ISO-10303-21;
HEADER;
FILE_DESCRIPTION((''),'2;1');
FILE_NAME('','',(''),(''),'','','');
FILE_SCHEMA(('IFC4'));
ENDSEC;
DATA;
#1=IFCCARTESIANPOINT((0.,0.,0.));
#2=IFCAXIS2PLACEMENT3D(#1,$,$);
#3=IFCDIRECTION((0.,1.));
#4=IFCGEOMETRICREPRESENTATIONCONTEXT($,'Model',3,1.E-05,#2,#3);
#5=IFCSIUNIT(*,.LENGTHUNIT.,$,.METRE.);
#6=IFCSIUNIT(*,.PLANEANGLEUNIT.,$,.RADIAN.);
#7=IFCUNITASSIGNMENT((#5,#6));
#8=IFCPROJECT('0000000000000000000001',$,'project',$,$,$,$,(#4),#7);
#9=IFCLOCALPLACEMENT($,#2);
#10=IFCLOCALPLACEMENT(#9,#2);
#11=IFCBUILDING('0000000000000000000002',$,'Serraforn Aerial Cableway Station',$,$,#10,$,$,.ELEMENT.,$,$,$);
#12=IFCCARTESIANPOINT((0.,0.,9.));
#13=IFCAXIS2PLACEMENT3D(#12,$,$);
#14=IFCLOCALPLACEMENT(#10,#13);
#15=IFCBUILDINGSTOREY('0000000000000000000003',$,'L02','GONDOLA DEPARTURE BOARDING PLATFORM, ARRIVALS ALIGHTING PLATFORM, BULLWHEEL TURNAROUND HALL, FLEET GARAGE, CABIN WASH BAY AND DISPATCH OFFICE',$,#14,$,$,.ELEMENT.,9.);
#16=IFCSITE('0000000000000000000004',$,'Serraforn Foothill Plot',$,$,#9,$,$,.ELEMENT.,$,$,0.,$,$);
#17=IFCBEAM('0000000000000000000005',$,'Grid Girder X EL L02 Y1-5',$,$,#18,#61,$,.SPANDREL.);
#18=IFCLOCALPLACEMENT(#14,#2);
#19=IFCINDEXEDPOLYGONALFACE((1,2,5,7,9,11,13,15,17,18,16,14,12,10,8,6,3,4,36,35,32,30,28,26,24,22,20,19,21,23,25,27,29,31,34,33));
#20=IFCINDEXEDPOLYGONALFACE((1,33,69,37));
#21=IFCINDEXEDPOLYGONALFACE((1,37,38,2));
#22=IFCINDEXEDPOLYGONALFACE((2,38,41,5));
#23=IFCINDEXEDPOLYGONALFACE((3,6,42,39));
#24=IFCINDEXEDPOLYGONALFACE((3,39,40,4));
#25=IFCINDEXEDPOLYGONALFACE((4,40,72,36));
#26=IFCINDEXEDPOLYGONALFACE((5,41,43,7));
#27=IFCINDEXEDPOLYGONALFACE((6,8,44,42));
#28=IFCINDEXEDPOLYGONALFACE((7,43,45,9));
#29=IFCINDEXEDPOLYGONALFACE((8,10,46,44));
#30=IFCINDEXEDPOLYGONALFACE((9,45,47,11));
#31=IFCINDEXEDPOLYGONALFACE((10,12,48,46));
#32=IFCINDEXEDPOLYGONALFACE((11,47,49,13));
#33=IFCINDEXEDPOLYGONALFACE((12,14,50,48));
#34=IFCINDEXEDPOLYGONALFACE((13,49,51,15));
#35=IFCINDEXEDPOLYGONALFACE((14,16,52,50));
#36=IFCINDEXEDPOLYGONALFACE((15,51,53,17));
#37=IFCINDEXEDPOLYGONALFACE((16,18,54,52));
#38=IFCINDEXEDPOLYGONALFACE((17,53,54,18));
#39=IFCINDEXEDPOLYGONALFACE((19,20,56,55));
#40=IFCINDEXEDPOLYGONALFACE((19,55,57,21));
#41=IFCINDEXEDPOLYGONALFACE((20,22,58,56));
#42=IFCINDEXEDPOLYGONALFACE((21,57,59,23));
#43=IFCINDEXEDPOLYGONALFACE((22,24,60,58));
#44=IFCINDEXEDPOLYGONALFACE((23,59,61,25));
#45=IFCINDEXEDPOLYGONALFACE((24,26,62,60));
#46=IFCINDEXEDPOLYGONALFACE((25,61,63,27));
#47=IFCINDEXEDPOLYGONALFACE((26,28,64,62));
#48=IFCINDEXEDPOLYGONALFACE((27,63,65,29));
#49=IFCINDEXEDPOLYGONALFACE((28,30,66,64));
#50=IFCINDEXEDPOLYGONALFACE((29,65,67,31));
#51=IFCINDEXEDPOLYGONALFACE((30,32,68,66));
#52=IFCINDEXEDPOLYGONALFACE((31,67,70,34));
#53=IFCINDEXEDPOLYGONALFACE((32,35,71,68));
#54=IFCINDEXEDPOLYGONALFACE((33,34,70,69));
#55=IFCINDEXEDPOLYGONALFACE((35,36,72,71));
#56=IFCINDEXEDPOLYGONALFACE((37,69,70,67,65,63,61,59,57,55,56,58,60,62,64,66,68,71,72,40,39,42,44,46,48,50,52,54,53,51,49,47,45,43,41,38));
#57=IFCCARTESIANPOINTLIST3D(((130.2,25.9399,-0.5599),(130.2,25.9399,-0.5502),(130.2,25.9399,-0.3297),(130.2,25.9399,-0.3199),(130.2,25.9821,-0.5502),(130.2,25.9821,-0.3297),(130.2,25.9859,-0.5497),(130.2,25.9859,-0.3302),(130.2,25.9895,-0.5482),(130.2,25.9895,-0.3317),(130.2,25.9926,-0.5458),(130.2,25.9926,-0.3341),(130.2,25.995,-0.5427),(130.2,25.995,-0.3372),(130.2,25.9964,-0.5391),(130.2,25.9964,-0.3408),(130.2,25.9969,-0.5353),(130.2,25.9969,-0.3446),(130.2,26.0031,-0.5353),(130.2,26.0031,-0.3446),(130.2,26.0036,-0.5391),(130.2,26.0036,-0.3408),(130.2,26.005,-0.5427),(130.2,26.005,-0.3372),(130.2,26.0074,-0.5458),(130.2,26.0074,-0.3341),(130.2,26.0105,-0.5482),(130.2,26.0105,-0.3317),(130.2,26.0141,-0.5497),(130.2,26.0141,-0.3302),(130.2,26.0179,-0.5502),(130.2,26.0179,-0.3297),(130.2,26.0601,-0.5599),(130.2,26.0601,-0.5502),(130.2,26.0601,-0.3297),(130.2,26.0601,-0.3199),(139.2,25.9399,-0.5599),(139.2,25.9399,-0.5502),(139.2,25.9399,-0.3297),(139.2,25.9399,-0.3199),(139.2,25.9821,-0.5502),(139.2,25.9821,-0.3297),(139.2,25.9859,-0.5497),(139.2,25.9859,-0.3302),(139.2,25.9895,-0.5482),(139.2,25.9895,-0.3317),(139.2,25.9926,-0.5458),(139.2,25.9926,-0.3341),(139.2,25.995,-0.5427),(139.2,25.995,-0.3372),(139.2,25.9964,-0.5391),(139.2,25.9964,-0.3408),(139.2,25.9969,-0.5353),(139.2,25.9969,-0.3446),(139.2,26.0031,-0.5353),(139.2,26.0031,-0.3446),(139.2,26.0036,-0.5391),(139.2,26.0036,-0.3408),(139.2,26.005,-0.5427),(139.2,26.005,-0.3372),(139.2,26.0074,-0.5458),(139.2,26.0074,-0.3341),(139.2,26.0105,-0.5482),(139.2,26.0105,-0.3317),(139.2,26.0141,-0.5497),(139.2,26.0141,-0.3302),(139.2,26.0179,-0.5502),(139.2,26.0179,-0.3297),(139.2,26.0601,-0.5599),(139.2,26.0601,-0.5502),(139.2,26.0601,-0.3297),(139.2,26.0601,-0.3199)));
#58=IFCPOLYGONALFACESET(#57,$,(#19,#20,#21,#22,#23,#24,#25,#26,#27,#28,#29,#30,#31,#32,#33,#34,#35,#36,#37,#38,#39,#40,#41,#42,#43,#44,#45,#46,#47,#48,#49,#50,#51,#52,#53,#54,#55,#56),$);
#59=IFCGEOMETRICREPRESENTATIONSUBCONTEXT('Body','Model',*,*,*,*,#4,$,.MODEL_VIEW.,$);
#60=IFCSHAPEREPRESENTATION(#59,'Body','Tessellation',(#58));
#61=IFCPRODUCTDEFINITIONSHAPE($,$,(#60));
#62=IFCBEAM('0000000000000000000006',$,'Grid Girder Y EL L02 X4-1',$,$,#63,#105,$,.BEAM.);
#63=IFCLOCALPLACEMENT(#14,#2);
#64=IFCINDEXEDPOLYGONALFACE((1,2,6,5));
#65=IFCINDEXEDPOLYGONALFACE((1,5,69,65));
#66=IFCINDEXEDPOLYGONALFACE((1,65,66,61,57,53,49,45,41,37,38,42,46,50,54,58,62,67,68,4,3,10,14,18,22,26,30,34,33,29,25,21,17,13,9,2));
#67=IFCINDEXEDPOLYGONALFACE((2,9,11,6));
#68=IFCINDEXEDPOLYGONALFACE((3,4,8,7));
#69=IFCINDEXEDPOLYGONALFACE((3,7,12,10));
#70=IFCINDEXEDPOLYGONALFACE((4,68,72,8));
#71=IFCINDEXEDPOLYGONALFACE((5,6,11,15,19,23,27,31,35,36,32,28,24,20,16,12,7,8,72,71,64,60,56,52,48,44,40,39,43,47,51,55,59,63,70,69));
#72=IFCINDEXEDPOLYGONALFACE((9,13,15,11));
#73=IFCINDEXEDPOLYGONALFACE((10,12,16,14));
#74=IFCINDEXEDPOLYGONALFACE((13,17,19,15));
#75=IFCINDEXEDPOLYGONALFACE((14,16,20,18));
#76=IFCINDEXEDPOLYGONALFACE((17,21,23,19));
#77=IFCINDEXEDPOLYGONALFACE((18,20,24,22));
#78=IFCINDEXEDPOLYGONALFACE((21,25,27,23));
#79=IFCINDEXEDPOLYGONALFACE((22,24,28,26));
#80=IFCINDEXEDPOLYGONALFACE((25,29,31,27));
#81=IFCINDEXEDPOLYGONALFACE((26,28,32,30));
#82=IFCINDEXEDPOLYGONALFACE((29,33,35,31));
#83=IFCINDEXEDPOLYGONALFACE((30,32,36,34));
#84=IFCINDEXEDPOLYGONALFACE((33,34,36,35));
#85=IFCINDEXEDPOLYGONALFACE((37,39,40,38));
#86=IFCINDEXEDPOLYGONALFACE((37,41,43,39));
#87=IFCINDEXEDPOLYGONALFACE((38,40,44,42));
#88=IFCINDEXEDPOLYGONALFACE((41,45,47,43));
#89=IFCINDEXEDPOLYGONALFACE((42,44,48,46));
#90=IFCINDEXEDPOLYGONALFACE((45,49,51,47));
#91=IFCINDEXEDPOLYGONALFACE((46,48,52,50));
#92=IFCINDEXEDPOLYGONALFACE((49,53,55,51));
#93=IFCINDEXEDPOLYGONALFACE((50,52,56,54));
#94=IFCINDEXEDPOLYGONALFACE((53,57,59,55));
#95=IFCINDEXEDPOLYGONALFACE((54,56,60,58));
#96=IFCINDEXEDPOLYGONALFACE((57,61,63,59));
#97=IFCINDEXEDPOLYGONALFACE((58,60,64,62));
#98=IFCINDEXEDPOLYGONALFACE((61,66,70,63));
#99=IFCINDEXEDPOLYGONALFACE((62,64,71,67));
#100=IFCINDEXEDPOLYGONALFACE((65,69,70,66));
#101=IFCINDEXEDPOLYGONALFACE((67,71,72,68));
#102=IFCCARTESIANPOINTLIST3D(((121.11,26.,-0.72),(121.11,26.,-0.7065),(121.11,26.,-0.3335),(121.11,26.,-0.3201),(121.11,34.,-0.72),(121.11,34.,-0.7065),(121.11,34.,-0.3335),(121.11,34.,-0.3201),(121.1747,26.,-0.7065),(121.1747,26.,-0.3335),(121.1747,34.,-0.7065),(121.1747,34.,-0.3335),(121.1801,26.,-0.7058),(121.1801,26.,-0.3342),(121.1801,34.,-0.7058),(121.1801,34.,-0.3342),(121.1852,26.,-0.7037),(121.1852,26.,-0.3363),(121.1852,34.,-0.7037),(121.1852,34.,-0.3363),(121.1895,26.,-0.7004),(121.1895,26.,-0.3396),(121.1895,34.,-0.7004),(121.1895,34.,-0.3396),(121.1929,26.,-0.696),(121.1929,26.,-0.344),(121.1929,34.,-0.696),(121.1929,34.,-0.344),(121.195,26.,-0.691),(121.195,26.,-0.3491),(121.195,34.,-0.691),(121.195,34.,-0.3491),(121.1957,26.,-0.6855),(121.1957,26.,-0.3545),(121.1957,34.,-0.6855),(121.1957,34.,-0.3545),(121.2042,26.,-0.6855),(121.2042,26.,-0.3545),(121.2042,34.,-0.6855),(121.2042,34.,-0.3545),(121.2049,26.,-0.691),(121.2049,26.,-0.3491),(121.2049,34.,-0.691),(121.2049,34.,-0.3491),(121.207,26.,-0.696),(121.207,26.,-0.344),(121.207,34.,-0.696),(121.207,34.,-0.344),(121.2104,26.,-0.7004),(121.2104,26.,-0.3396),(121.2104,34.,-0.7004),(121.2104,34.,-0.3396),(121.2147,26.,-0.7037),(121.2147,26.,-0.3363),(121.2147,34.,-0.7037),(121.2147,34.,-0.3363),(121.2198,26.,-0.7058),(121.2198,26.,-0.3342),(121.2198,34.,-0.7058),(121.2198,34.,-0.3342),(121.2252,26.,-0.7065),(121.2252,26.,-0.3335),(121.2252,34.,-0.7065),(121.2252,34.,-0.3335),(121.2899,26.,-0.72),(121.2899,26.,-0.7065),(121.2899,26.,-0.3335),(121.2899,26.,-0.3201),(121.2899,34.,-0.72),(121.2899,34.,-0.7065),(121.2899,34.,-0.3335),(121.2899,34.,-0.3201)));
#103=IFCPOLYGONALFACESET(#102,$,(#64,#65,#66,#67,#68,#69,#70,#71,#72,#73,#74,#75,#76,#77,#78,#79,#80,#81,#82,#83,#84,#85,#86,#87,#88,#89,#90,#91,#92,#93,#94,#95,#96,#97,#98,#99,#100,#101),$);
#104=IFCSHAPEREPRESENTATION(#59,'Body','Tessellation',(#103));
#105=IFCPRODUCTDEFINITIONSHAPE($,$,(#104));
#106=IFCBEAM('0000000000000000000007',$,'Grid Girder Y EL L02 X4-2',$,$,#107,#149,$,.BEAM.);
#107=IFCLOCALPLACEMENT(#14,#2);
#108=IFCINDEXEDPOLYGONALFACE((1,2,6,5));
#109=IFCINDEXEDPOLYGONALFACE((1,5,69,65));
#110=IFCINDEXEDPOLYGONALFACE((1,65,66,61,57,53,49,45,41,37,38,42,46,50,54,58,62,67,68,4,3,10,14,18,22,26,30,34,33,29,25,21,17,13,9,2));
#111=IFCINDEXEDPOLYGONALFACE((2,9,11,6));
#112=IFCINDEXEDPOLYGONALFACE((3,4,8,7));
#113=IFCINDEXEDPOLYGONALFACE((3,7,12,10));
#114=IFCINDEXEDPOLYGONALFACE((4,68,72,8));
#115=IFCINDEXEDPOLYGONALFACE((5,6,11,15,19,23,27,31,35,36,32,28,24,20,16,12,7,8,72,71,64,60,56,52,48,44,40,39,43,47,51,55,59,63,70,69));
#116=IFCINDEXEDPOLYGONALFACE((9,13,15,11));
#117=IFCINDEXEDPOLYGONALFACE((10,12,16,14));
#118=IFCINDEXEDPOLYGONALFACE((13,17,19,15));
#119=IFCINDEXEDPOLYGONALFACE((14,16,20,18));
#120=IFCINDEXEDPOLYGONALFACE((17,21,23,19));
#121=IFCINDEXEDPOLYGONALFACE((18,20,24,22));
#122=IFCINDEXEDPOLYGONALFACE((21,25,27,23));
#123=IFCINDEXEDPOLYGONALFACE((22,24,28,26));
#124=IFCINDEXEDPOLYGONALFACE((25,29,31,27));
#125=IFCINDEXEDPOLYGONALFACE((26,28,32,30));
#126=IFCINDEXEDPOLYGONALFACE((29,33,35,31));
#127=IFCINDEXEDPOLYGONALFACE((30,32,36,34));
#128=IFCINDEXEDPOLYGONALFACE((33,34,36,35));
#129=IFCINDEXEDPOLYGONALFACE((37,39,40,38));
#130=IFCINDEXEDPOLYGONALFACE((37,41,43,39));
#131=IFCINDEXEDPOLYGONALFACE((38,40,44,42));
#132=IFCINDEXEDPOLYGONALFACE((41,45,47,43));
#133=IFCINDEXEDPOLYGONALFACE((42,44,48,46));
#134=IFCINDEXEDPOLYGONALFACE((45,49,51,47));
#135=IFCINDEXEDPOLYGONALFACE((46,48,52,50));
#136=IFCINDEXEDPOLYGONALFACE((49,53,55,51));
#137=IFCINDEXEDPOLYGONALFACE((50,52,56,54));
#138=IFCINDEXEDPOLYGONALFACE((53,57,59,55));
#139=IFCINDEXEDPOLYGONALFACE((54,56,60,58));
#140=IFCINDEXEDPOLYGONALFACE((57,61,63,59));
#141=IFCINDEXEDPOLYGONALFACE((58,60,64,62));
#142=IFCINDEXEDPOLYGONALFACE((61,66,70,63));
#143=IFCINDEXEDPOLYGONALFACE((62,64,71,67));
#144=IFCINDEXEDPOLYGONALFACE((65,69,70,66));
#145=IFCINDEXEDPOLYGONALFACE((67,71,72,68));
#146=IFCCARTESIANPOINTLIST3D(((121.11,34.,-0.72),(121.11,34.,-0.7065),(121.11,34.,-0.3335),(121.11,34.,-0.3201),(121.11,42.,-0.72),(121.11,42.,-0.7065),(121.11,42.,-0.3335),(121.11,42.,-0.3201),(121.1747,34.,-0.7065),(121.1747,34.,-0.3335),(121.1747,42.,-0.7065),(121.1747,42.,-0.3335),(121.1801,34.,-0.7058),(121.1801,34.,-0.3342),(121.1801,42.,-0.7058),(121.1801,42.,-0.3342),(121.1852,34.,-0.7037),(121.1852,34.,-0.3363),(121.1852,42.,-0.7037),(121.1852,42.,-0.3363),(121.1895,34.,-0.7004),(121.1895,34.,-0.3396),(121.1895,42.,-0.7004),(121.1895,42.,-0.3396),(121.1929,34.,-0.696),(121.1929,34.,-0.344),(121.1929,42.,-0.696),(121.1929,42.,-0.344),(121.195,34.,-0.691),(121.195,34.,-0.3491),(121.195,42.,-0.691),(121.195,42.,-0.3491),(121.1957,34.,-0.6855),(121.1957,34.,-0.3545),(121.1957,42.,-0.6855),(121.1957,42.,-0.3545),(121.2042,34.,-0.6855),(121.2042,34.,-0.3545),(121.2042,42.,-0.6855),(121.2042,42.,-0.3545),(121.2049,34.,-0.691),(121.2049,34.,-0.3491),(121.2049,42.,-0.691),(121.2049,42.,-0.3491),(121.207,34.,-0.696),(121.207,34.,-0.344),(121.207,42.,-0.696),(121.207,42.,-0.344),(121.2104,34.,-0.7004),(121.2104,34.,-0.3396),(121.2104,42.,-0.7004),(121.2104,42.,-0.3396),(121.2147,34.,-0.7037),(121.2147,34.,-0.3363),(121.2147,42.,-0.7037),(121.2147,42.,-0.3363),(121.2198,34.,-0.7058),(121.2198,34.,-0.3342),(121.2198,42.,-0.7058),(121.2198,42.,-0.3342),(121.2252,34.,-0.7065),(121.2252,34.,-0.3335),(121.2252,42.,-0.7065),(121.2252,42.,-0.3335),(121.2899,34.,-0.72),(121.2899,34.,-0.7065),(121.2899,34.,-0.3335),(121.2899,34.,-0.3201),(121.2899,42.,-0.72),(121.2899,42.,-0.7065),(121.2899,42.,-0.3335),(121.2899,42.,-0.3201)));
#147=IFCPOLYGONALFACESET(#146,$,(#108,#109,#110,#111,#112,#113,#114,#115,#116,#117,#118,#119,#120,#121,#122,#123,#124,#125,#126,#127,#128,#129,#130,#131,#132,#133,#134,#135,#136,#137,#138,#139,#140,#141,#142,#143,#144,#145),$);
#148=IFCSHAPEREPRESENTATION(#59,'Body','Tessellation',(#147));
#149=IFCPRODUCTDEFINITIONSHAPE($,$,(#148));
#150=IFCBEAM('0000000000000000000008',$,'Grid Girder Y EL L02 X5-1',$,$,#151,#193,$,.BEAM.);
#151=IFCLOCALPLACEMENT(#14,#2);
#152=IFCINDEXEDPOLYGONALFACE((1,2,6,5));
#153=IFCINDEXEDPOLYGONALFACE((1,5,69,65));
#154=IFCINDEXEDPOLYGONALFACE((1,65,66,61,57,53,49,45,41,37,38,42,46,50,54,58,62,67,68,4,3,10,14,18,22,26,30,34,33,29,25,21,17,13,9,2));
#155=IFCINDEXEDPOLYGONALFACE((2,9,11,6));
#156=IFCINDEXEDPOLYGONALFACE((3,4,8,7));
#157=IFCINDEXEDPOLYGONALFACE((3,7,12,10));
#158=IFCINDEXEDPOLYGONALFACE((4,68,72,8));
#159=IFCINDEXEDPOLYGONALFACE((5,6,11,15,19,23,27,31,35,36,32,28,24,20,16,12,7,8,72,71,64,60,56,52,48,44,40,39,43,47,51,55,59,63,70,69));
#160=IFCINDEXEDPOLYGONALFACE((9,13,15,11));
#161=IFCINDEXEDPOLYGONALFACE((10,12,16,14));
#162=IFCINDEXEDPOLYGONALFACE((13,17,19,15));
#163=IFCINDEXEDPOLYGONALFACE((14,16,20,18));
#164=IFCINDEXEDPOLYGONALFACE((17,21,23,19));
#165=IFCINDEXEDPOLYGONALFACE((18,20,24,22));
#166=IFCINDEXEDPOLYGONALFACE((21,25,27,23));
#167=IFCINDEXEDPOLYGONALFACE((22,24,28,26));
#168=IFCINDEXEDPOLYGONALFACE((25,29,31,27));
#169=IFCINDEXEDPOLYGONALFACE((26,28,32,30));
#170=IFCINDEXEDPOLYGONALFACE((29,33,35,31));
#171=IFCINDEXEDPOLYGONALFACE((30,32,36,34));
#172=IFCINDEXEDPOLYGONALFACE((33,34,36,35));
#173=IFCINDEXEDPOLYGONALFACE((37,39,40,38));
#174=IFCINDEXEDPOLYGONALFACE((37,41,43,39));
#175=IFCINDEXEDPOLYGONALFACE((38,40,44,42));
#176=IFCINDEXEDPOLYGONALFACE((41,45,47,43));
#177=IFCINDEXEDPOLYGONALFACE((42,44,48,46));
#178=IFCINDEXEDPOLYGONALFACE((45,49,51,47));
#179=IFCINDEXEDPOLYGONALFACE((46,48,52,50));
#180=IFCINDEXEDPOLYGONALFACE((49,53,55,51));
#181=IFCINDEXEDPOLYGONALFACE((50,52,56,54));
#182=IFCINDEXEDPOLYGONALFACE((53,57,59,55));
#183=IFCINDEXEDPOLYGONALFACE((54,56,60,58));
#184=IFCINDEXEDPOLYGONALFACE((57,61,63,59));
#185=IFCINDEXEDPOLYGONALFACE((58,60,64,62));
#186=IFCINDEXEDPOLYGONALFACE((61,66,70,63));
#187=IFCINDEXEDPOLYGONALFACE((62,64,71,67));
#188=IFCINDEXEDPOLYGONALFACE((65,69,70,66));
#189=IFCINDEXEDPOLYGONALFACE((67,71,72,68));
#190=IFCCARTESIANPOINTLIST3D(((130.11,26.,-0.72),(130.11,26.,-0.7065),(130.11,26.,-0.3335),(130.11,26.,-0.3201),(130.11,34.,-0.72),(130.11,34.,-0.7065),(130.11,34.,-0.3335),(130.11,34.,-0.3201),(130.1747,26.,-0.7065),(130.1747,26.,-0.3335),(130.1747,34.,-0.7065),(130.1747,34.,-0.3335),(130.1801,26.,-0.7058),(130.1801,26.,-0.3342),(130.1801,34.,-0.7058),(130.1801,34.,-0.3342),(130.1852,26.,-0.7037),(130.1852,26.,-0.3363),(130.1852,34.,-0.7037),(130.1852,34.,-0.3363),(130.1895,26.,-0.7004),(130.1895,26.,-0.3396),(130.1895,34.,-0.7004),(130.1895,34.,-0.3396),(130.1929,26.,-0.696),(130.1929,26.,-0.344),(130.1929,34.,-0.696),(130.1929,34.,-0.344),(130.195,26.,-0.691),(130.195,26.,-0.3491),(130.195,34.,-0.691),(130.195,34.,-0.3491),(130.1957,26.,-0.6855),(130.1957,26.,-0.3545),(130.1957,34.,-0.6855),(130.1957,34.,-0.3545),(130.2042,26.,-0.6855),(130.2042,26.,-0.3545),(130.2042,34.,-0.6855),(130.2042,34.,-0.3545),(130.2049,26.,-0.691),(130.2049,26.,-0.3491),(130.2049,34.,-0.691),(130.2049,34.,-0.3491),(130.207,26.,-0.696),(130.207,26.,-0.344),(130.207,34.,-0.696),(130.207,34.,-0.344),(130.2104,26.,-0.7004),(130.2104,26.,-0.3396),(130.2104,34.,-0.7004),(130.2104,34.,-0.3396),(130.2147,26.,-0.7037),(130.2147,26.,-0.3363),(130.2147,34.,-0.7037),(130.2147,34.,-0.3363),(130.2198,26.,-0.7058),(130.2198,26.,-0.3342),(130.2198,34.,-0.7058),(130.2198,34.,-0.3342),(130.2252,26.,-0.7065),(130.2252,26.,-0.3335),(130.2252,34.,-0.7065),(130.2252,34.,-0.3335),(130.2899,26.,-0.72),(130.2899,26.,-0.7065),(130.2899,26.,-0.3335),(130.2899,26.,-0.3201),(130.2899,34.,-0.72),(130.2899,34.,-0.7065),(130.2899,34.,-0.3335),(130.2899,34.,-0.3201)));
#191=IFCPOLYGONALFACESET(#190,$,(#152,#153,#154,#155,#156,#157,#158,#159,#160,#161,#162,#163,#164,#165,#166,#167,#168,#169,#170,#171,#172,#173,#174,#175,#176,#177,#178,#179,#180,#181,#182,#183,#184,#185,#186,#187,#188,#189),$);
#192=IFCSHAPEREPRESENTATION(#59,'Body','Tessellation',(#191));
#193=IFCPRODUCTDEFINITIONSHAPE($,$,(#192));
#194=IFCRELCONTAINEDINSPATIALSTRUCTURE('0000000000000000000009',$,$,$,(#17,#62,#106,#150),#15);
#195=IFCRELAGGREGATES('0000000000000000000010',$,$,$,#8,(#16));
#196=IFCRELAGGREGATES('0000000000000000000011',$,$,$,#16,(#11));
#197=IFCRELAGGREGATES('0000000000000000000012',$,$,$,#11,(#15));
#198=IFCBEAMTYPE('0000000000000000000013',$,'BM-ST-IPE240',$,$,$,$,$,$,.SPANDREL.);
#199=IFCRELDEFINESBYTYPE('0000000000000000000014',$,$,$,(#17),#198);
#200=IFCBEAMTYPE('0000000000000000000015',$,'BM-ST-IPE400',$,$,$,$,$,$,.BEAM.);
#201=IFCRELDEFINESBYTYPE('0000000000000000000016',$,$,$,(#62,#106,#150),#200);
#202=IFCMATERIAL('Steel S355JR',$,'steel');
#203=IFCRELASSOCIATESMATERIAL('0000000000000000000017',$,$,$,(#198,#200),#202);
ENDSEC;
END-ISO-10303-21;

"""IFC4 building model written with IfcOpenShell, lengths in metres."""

from ifc_helpers import new_model, si_unit, direction, frame, origin, origin_2d, place, context, subcontext, project, spatial, i_section, extrude, material, material_profile, profile_set, type_object, element, save


model = new_model("IFC4")

# Units and contexts
model_context = context("Model", 3, precision=1e-05, world=origin(), true_north=direction((0.0, 1.0)))
body_context = subcontext(model_context, "Body", "Model", "MODEL_VIEW")
ifc_project = project(units=[si_unit("LENGTHUNIT", "METRE"), si_unit("PLANEANGLEUNIT", "RADIAN")], contexts=[model_context])

# Site, building, storey
site_placement = place(None, origin())
site = spatial("IfcSite", under=ifc_project, at=site_placement, Name="Serraforn Foothill Plot", CompositionType="ELEMENT", RefElevation=0.0)
building_placement = place(site_placement, origin())
building = spatial("IfcBuilding", under=site, at=building_placement, Name="Serraforn Aerial Cableway Station", CompositionType="ELEMENT")
storey_placement = place(building_placement, frame((0.0, 0.0, 9.0)))
storey = spatial("IfcBuildingStorey", under=building, at=storey_placement, Name="L02", Description="GONDOLA DEPARTURE BOARDING PLATFORM, ARRIVALS ALIGHTING PLATFORM, BULLWHEEL TURNAROUND HALL, FLEET GARAGE, CABIN WASH BAY AND DISPATCH OFFICE", CompositionType="ELEMENT", Elevation=9.0)

# Beams
ifc_material_1 = material(Name="Steel S355JR", Category="steel")
ifc_material_profile_1 = material_profile(ifc_material_1, i_section(OverallWidth=0.1201, OverallDepth=0.24, WebThickness=0.0061, FlangeThickness=0.0098, FilletRadius=0.0149, at=origin_2d()), Name="IPE 240")
ifc_profile_set_1 = profile_set([ifc_material_profile_1], Name="Steel S355JR")
beam_type_1 = type_object("IfcBeamType", Name="BM-ST-IPE240", PredefinedType="SPANDREL", material=ifc_profile_set_1)
beam_1_placement = place(storey_placement, frame((130.2, 26.0, -0.4399), z_axis=(1.0, 0.0, 0.0), x_axis=(0.0, 1.0, 0.0)))
element("IfcBeam", 1, at=beam_1_placement, inside=storey, type_object=beam_type_1, Name="Grid Girder X EL L02 Y1-5", PredefinedType="SPANDREL", context=body_context, shape_type="SweptSolid", body=[
    extrude(i_section(OverallWidth=0.1201, OverallDepth=0.24, WebThickness=0.0061, FlangeThickness=0.0098, FilletRadius=0.0149, at=origin_2d()), origin(), (0.0, 0.0, 1.0), 9.0),
])
ifc_material_profile_2 = material_profile(ifc_material_1, i_section(OverallWidth=0.1799, OverallDepth=0.3999, WebThickness=0.0085, FlangeThickness=0.0134, FilletRadius=0.021, at=origin_2d()), Name="IPE 400")
ifc_profile_set_2 = profile_set([ifc_material_profile_2], Name="Steel S355JR")
beam_type_2 = type_object("IfcBeamType", Name="BM-ST-IPE400", PredefinedType="BEAM", material=ifc_profile_set_2)
for number, where, z_axis, x_axis, name in (
    (2, (121.2, 26.0, -0.52), (0.0, 1.0, 0.0), (-1.0, 0.0, 0.0), "Grid Girder Y EL L02 X4-1"),
    (3, (121.2, 34.0, -0.52), (0.0, 1.0, 0.0), (-1.0, 0.0, 0.0), "Grid Girder Y EL L02 X4-2"),
    (4, (130.2, 26.0, -0.52), (0.0, 1.0, 0.0), (-1.0, 0.0, 0.0), "Grid Girder Y EL L02 X5-1"),
):
    element("IfcBeam", number, at=place(storey_placement, frame(where, z_axis=z_axis, x_axis=x_axis)), inside=storey, type_object=beam_type_2, Name=name, PredefinedType="BEAM", context=body_context, shape_type="SweptSolid", body=[
        extrude(i_section(OverallWidth=0.1799, OverallDepth=0.3999, WebThickness=0.0085, FlangeThickness=0.0134, FilletRadius=0.021, at=origin_2d()), origin(), (0.0, 0.0, 1.0), 8.0),
    ])

save(model, "model.ifc")
